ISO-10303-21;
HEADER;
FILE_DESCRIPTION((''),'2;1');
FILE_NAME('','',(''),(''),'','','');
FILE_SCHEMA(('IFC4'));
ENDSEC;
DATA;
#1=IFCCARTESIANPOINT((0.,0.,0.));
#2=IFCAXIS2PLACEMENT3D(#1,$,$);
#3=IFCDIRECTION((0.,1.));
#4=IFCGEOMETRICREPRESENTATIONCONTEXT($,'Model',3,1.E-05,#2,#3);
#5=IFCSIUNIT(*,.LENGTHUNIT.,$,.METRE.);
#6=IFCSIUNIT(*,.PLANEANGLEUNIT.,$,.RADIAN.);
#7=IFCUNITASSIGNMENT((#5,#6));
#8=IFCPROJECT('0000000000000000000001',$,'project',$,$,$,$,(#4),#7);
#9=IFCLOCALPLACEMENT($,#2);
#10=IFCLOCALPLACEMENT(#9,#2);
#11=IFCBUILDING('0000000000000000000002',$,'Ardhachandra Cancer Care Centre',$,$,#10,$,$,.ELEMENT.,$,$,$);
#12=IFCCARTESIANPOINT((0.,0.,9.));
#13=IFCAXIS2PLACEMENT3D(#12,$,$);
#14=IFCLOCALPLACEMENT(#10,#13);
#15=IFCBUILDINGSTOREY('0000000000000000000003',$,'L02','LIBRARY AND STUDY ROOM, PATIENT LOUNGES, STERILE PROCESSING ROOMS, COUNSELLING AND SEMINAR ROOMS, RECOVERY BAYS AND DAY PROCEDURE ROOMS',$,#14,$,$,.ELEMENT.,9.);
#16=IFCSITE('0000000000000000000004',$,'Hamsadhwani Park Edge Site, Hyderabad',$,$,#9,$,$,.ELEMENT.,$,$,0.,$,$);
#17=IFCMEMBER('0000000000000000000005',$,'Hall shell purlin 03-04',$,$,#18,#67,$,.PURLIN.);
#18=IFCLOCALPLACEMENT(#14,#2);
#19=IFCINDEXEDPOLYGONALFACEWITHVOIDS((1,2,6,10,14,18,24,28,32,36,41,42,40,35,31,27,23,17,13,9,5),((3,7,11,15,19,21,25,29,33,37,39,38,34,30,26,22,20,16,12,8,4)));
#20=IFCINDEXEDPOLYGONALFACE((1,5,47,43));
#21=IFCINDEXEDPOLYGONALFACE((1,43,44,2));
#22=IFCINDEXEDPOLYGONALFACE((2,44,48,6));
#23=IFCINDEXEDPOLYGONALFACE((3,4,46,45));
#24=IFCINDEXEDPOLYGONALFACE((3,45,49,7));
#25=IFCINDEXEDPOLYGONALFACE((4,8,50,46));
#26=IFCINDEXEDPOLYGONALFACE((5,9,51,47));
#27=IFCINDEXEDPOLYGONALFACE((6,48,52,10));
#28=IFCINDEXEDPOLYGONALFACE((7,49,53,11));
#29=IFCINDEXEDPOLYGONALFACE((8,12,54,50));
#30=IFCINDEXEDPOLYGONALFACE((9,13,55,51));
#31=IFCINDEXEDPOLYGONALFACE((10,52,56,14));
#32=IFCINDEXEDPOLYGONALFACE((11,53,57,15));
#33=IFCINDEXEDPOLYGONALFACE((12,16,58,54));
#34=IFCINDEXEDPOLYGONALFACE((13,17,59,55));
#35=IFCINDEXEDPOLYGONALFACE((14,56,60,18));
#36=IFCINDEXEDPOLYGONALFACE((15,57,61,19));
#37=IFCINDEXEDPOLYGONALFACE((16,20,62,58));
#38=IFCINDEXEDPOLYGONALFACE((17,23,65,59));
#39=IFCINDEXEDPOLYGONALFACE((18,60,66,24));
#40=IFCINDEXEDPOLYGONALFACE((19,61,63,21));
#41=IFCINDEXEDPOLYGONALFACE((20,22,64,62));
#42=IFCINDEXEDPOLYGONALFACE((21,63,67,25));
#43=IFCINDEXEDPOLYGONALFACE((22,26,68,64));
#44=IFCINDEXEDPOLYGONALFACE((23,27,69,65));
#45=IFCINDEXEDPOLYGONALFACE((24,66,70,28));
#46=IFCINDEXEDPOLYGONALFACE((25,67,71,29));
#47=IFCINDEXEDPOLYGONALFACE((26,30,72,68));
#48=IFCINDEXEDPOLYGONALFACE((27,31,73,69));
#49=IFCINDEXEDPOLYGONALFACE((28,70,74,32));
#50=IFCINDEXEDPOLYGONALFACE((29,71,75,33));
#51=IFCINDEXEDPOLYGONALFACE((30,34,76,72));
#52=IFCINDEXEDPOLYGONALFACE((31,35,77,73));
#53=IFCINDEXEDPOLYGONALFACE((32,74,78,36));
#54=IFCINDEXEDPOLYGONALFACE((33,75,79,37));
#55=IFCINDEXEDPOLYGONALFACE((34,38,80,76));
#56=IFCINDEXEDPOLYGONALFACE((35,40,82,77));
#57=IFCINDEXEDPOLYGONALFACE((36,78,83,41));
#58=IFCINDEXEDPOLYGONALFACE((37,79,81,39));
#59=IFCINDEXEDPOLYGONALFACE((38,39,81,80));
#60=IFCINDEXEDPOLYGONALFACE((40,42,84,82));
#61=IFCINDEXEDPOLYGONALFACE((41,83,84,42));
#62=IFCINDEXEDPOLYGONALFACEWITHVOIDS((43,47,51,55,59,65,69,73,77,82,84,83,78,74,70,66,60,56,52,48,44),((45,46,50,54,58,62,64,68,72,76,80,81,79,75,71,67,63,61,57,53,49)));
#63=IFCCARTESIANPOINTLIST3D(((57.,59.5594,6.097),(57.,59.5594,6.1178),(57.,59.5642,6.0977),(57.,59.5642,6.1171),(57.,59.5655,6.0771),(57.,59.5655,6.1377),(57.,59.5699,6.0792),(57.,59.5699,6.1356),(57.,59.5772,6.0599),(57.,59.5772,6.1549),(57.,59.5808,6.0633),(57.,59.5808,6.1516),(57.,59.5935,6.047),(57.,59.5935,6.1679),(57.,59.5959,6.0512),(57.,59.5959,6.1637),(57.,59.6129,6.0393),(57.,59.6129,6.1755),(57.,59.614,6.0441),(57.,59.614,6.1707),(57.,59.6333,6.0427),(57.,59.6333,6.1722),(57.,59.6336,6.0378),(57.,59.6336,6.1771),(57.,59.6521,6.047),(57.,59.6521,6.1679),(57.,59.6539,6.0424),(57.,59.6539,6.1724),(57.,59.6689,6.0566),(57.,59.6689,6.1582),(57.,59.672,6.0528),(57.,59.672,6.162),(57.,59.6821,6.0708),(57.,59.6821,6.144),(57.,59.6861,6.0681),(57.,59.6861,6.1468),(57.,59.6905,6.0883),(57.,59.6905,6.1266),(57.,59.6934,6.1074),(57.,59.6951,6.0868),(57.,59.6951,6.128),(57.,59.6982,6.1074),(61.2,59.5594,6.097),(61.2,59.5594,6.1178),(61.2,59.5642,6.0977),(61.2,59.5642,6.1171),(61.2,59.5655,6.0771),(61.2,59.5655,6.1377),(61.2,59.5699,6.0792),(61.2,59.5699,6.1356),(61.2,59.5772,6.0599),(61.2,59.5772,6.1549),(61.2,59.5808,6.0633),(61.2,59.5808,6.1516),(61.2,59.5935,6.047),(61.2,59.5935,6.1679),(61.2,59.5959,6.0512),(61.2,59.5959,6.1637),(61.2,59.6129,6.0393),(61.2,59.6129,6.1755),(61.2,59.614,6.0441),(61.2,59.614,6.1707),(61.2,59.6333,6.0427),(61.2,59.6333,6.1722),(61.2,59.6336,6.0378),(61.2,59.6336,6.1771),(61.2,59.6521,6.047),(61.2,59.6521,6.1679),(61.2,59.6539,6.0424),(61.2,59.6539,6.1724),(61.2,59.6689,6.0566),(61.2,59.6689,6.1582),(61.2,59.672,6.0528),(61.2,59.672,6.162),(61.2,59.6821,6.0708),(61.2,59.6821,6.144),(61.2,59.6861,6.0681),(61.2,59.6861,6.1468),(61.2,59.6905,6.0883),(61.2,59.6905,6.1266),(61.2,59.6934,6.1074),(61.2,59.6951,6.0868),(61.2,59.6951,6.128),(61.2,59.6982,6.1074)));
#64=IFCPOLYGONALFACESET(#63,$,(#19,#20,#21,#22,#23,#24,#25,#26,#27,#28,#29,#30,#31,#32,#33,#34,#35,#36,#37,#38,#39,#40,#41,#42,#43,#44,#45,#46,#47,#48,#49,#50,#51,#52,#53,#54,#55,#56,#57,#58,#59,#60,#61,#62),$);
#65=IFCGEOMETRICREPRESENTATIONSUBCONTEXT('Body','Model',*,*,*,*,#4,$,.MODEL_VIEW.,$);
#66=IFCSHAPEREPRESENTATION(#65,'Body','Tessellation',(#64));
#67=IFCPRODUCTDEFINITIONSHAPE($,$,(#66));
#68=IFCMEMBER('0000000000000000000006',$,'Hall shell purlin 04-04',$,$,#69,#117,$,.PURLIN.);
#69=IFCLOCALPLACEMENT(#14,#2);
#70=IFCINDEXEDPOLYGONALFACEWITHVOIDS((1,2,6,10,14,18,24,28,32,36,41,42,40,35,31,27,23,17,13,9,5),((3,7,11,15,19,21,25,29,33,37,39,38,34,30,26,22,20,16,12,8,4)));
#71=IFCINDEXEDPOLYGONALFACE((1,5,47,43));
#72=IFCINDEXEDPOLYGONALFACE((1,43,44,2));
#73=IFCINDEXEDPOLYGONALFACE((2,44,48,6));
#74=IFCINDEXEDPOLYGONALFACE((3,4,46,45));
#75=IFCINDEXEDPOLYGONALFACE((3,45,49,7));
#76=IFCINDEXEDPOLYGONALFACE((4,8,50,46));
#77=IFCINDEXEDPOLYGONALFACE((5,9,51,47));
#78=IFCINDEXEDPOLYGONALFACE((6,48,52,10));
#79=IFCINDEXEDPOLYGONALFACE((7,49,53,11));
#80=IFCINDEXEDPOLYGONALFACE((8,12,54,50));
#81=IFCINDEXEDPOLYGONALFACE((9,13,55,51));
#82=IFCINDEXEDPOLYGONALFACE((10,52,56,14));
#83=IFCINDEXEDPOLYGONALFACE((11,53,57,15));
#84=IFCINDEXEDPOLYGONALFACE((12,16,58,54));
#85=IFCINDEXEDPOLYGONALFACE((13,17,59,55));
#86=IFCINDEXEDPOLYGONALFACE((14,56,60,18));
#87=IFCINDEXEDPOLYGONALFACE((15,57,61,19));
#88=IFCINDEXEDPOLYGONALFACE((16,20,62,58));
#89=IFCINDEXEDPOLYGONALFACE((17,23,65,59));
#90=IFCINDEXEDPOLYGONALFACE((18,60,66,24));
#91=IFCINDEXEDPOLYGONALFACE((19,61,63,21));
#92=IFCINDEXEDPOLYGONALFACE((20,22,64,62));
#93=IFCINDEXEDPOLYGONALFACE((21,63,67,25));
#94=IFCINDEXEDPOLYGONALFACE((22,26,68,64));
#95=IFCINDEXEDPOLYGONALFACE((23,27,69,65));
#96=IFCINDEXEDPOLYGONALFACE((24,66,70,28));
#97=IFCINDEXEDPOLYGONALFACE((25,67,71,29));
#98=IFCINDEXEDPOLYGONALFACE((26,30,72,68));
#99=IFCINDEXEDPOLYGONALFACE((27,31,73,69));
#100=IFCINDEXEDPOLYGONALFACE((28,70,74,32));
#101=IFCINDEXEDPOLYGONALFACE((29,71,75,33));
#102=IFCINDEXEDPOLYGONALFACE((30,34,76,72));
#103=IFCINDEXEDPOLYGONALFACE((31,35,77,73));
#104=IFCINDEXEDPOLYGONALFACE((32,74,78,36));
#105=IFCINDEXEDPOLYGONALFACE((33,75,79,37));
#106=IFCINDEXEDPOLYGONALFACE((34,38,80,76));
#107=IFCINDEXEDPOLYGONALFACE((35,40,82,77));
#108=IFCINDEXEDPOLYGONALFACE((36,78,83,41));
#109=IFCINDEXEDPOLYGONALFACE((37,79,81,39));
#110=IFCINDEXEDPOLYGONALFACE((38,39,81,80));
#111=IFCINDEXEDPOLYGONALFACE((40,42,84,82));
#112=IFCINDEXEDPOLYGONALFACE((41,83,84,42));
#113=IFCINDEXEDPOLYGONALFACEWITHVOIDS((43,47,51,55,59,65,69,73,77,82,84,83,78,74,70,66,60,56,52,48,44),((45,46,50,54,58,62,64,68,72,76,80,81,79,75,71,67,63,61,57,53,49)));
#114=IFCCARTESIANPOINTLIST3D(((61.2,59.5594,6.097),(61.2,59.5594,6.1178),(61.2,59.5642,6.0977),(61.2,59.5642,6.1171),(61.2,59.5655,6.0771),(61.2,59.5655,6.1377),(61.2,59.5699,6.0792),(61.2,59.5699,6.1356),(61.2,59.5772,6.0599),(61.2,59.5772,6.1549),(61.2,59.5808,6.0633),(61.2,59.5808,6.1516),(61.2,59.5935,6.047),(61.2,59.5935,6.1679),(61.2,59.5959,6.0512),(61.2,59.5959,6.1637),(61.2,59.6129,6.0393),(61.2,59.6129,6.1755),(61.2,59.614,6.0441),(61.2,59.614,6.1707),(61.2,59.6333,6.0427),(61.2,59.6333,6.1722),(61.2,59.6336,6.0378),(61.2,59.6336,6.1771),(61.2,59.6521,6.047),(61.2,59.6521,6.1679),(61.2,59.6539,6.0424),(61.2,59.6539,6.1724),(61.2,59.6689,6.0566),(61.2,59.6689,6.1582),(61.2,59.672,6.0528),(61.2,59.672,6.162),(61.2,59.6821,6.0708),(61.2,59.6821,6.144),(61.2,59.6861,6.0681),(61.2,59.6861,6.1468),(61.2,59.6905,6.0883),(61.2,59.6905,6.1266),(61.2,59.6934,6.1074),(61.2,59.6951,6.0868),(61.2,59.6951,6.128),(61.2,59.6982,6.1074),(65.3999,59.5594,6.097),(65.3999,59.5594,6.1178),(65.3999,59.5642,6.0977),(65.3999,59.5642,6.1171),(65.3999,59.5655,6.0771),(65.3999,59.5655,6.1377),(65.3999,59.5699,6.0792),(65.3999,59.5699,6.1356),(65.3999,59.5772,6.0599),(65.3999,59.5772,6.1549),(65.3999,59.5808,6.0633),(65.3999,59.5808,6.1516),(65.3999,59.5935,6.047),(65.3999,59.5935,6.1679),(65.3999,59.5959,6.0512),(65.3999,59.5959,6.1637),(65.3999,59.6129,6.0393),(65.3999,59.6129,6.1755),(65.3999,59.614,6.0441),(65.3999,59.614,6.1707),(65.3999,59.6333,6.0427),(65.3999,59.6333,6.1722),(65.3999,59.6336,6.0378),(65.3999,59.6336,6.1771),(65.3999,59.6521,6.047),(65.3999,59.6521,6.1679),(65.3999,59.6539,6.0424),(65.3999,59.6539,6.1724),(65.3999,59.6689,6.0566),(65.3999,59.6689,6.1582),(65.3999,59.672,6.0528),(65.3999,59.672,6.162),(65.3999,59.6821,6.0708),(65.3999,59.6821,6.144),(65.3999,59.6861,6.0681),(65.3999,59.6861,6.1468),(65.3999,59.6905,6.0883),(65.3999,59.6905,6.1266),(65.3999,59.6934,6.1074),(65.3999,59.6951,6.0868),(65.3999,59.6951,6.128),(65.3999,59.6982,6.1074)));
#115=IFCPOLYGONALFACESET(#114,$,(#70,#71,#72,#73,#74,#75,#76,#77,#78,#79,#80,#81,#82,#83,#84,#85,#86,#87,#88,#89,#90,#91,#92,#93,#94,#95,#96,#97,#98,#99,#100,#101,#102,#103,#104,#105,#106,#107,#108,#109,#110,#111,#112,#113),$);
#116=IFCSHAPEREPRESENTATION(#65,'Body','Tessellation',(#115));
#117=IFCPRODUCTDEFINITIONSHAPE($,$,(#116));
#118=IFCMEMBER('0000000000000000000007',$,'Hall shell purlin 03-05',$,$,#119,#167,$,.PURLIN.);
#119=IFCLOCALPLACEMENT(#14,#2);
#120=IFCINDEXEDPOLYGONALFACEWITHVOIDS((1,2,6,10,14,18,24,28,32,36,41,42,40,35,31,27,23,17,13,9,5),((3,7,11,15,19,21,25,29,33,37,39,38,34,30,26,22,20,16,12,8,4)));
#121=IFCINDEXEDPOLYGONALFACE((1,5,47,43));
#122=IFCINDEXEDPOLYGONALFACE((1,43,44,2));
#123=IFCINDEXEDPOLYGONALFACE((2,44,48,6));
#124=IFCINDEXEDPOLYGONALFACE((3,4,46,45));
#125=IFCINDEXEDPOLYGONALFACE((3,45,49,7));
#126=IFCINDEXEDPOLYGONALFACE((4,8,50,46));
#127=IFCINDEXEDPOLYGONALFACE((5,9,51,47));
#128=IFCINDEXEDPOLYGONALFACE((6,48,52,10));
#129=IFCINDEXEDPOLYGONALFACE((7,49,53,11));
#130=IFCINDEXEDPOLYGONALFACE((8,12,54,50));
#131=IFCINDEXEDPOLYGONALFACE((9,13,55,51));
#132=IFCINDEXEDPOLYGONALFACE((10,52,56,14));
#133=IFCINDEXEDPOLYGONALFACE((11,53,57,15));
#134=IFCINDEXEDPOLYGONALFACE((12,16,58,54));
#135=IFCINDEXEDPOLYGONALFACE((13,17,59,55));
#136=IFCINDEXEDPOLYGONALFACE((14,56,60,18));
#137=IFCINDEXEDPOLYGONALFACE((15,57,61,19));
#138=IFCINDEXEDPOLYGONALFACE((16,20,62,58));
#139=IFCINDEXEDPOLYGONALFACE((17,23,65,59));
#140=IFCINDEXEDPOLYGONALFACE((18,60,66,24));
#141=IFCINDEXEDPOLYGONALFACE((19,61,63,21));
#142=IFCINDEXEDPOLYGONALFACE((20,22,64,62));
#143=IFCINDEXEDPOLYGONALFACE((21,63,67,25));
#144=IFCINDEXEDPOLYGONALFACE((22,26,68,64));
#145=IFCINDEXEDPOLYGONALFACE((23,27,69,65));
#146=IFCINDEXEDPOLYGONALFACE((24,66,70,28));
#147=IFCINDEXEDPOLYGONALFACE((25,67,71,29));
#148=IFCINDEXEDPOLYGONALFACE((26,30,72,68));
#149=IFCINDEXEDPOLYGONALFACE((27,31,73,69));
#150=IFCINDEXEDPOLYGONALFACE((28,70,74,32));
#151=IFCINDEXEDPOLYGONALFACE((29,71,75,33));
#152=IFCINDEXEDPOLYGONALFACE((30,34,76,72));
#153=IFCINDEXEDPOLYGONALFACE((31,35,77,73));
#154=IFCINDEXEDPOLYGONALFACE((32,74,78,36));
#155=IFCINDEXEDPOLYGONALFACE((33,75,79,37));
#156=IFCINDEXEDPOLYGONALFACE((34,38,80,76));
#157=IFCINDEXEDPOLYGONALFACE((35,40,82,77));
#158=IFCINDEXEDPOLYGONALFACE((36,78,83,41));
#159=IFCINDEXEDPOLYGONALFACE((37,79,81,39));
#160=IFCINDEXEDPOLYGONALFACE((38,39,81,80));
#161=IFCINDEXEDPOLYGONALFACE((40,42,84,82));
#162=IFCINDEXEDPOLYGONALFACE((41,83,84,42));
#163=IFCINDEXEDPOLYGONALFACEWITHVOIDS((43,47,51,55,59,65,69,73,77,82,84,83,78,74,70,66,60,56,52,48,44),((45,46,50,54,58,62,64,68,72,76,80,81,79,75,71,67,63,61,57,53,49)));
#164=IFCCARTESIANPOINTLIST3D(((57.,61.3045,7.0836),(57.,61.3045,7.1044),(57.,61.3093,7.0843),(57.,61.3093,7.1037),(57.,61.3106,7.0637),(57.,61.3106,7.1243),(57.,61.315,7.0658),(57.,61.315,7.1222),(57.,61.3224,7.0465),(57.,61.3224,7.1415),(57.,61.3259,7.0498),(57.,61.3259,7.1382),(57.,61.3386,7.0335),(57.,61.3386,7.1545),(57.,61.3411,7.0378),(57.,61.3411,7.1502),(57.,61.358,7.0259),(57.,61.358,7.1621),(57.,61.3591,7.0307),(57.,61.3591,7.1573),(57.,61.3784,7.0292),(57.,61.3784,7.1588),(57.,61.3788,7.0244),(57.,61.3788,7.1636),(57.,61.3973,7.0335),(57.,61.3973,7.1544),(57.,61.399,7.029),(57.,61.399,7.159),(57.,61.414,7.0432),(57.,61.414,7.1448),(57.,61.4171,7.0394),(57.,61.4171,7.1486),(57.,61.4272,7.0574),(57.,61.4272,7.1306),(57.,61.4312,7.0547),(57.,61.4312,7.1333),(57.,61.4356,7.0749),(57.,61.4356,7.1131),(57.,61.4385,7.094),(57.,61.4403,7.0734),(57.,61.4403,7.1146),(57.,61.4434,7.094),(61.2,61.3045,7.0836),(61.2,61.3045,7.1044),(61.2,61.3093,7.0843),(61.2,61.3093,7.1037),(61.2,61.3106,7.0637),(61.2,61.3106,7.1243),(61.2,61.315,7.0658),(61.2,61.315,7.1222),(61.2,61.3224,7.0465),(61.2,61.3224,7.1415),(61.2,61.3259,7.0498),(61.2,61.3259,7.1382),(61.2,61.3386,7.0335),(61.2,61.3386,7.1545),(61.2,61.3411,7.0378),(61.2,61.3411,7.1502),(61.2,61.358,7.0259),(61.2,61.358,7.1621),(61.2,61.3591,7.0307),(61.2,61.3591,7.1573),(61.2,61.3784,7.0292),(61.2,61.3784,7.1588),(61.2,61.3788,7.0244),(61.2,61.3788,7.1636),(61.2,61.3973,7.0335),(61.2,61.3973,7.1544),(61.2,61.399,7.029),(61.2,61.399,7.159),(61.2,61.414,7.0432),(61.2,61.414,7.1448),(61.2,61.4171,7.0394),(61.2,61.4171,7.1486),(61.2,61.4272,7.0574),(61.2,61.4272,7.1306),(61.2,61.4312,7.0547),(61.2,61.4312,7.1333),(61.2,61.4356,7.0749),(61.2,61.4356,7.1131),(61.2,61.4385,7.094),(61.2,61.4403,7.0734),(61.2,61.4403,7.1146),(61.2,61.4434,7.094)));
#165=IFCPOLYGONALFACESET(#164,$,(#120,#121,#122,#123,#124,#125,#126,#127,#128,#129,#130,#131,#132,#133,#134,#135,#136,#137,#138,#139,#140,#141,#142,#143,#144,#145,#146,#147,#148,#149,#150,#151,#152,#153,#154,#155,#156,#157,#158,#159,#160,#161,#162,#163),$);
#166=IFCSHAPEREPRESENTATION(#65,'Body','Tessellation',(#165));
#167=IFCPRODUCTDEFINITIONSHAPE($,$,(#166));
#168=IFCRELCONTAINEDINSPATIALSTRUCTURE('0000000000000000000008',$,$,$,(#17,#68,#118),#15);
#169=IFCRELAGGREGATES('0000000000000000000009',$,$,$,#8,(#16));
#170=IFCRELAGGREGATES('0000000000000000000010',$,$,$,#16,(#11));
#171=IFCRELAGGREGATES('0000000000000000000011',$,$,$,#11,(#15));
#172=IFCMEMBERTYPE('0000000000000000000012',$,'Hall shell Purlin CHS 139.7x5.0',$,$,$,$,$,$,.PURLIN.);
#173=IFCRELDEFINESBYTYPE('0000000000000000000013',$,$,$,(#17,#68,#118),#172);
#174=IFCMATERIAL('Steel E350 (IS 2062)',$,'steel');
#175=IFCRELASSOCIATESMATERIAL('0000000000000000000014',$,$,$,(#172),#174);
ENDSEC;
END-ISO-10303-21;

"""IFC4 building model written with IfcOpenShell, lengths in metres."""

from ifc_helpers import new_model, si_unit, direction, frame, origin, origin_2d, place, context, subcontext, project, spatial, hollow_circle, extrude, material, material_profile, profile_set, type_object, element, save


model = new_model("IFC4")

# Units and contexts
model_context = context("Model", 3, precision=1e-05, world=origin(), true_north=direction((0.0, 1.0)))
body_context = subcontext(model_context, "Body", "Model", "MODEL_VIEW")
ifc_project = project(units=[si_unit("LENGTHUNIT", "METRE"), si_unit("PLANEANGLEUNIT", "RADIAN")], contexts=[model_context])

# Site, building, storey
site_placement = place(None, origin())
site = spatial("IfcSite", under=ifc_project, at=site_placement, Name="Hamsadhwani Park Edge Site, Hyderabad", CompositionType="ELEMENT", RefElevation=0.0)
building_placement = place(site_placement, origin())
building = spatial("IfcBuilding", under=site, at=building_placement, Name="Ardhachandra Cancer Care Centre", CompositionType="ELEMENT")
storey_placement = place(building_placement, frame((0.0, 0.0, 9.0)))
storey = spatial("IfcBuildingStorey", under=building, at=storey_placement, Name="L02", Description="LIBRARY AND STUDY ROOM, PATIENT LOUNGES, STERILE PROCESSING ROOMS, COUNSELLING AND SEMINAR ROOMS, RECOVERY BAYS AND DAY PROCEDURE ROOMS", CompositionType="ELEMENT", Elevation=9.0)

# Members
ifc_material_1 = material(Name="Steel E350 (IS 2062)", Category="steel")
ifc_material_profile_1 = material_profile(ifc_material_1, hollow_circle(Radius=0.0698, WallThickness=0.0049, at=origin_2d()), Name="CHS 139.7x5.0")
ifc_profile_set_1 = profile_set([ifc_material_profile_1], Name="Steel E350 (IS 2062)")
member_type_1 = type_object("IfcMemberType", Name="Hall shell Purlin CHS 139.7x5.0", PredefinedType="PURLIN", material=ifc_profile_set_1)
for number, where, z_axis, x_axis, name in (
    (1, (57.0, 59.6284, 6.1074), (1.0, 0.0, 0.0), (0.0, 1.0, 0.0), "Hall shell purlin 03-04"),
    (2, (61.2, 59.6284, 6.1074), (1.0, 0.0, 0.0), (0.0, 1.0, 0.0), "Hall shell purlin 04-04"),
    (3, (57.0, 61.3735, 7.094), (1.0, 0.0, 0.0), (0.0, 1.0, 0.0), "Hall shell purlin 03-05"),
):
    element("IfcMember", number, at=place(storey_placement, frame(where, z_axis=z_axis, x_axis=x_axis)), inside=storey, type_object=member_type_1, Name=name, PredefinedType="PURLIN", context=body_context, shape_type="SweptSolid", body=[
        extrude(hollow_circle(Radius=0.0698, WallThickness=0.0049, at=origin_2d()), origin(), (0.0, 0.0, 1.0), 4.2),
    ])

save(model, "model.ifc")
